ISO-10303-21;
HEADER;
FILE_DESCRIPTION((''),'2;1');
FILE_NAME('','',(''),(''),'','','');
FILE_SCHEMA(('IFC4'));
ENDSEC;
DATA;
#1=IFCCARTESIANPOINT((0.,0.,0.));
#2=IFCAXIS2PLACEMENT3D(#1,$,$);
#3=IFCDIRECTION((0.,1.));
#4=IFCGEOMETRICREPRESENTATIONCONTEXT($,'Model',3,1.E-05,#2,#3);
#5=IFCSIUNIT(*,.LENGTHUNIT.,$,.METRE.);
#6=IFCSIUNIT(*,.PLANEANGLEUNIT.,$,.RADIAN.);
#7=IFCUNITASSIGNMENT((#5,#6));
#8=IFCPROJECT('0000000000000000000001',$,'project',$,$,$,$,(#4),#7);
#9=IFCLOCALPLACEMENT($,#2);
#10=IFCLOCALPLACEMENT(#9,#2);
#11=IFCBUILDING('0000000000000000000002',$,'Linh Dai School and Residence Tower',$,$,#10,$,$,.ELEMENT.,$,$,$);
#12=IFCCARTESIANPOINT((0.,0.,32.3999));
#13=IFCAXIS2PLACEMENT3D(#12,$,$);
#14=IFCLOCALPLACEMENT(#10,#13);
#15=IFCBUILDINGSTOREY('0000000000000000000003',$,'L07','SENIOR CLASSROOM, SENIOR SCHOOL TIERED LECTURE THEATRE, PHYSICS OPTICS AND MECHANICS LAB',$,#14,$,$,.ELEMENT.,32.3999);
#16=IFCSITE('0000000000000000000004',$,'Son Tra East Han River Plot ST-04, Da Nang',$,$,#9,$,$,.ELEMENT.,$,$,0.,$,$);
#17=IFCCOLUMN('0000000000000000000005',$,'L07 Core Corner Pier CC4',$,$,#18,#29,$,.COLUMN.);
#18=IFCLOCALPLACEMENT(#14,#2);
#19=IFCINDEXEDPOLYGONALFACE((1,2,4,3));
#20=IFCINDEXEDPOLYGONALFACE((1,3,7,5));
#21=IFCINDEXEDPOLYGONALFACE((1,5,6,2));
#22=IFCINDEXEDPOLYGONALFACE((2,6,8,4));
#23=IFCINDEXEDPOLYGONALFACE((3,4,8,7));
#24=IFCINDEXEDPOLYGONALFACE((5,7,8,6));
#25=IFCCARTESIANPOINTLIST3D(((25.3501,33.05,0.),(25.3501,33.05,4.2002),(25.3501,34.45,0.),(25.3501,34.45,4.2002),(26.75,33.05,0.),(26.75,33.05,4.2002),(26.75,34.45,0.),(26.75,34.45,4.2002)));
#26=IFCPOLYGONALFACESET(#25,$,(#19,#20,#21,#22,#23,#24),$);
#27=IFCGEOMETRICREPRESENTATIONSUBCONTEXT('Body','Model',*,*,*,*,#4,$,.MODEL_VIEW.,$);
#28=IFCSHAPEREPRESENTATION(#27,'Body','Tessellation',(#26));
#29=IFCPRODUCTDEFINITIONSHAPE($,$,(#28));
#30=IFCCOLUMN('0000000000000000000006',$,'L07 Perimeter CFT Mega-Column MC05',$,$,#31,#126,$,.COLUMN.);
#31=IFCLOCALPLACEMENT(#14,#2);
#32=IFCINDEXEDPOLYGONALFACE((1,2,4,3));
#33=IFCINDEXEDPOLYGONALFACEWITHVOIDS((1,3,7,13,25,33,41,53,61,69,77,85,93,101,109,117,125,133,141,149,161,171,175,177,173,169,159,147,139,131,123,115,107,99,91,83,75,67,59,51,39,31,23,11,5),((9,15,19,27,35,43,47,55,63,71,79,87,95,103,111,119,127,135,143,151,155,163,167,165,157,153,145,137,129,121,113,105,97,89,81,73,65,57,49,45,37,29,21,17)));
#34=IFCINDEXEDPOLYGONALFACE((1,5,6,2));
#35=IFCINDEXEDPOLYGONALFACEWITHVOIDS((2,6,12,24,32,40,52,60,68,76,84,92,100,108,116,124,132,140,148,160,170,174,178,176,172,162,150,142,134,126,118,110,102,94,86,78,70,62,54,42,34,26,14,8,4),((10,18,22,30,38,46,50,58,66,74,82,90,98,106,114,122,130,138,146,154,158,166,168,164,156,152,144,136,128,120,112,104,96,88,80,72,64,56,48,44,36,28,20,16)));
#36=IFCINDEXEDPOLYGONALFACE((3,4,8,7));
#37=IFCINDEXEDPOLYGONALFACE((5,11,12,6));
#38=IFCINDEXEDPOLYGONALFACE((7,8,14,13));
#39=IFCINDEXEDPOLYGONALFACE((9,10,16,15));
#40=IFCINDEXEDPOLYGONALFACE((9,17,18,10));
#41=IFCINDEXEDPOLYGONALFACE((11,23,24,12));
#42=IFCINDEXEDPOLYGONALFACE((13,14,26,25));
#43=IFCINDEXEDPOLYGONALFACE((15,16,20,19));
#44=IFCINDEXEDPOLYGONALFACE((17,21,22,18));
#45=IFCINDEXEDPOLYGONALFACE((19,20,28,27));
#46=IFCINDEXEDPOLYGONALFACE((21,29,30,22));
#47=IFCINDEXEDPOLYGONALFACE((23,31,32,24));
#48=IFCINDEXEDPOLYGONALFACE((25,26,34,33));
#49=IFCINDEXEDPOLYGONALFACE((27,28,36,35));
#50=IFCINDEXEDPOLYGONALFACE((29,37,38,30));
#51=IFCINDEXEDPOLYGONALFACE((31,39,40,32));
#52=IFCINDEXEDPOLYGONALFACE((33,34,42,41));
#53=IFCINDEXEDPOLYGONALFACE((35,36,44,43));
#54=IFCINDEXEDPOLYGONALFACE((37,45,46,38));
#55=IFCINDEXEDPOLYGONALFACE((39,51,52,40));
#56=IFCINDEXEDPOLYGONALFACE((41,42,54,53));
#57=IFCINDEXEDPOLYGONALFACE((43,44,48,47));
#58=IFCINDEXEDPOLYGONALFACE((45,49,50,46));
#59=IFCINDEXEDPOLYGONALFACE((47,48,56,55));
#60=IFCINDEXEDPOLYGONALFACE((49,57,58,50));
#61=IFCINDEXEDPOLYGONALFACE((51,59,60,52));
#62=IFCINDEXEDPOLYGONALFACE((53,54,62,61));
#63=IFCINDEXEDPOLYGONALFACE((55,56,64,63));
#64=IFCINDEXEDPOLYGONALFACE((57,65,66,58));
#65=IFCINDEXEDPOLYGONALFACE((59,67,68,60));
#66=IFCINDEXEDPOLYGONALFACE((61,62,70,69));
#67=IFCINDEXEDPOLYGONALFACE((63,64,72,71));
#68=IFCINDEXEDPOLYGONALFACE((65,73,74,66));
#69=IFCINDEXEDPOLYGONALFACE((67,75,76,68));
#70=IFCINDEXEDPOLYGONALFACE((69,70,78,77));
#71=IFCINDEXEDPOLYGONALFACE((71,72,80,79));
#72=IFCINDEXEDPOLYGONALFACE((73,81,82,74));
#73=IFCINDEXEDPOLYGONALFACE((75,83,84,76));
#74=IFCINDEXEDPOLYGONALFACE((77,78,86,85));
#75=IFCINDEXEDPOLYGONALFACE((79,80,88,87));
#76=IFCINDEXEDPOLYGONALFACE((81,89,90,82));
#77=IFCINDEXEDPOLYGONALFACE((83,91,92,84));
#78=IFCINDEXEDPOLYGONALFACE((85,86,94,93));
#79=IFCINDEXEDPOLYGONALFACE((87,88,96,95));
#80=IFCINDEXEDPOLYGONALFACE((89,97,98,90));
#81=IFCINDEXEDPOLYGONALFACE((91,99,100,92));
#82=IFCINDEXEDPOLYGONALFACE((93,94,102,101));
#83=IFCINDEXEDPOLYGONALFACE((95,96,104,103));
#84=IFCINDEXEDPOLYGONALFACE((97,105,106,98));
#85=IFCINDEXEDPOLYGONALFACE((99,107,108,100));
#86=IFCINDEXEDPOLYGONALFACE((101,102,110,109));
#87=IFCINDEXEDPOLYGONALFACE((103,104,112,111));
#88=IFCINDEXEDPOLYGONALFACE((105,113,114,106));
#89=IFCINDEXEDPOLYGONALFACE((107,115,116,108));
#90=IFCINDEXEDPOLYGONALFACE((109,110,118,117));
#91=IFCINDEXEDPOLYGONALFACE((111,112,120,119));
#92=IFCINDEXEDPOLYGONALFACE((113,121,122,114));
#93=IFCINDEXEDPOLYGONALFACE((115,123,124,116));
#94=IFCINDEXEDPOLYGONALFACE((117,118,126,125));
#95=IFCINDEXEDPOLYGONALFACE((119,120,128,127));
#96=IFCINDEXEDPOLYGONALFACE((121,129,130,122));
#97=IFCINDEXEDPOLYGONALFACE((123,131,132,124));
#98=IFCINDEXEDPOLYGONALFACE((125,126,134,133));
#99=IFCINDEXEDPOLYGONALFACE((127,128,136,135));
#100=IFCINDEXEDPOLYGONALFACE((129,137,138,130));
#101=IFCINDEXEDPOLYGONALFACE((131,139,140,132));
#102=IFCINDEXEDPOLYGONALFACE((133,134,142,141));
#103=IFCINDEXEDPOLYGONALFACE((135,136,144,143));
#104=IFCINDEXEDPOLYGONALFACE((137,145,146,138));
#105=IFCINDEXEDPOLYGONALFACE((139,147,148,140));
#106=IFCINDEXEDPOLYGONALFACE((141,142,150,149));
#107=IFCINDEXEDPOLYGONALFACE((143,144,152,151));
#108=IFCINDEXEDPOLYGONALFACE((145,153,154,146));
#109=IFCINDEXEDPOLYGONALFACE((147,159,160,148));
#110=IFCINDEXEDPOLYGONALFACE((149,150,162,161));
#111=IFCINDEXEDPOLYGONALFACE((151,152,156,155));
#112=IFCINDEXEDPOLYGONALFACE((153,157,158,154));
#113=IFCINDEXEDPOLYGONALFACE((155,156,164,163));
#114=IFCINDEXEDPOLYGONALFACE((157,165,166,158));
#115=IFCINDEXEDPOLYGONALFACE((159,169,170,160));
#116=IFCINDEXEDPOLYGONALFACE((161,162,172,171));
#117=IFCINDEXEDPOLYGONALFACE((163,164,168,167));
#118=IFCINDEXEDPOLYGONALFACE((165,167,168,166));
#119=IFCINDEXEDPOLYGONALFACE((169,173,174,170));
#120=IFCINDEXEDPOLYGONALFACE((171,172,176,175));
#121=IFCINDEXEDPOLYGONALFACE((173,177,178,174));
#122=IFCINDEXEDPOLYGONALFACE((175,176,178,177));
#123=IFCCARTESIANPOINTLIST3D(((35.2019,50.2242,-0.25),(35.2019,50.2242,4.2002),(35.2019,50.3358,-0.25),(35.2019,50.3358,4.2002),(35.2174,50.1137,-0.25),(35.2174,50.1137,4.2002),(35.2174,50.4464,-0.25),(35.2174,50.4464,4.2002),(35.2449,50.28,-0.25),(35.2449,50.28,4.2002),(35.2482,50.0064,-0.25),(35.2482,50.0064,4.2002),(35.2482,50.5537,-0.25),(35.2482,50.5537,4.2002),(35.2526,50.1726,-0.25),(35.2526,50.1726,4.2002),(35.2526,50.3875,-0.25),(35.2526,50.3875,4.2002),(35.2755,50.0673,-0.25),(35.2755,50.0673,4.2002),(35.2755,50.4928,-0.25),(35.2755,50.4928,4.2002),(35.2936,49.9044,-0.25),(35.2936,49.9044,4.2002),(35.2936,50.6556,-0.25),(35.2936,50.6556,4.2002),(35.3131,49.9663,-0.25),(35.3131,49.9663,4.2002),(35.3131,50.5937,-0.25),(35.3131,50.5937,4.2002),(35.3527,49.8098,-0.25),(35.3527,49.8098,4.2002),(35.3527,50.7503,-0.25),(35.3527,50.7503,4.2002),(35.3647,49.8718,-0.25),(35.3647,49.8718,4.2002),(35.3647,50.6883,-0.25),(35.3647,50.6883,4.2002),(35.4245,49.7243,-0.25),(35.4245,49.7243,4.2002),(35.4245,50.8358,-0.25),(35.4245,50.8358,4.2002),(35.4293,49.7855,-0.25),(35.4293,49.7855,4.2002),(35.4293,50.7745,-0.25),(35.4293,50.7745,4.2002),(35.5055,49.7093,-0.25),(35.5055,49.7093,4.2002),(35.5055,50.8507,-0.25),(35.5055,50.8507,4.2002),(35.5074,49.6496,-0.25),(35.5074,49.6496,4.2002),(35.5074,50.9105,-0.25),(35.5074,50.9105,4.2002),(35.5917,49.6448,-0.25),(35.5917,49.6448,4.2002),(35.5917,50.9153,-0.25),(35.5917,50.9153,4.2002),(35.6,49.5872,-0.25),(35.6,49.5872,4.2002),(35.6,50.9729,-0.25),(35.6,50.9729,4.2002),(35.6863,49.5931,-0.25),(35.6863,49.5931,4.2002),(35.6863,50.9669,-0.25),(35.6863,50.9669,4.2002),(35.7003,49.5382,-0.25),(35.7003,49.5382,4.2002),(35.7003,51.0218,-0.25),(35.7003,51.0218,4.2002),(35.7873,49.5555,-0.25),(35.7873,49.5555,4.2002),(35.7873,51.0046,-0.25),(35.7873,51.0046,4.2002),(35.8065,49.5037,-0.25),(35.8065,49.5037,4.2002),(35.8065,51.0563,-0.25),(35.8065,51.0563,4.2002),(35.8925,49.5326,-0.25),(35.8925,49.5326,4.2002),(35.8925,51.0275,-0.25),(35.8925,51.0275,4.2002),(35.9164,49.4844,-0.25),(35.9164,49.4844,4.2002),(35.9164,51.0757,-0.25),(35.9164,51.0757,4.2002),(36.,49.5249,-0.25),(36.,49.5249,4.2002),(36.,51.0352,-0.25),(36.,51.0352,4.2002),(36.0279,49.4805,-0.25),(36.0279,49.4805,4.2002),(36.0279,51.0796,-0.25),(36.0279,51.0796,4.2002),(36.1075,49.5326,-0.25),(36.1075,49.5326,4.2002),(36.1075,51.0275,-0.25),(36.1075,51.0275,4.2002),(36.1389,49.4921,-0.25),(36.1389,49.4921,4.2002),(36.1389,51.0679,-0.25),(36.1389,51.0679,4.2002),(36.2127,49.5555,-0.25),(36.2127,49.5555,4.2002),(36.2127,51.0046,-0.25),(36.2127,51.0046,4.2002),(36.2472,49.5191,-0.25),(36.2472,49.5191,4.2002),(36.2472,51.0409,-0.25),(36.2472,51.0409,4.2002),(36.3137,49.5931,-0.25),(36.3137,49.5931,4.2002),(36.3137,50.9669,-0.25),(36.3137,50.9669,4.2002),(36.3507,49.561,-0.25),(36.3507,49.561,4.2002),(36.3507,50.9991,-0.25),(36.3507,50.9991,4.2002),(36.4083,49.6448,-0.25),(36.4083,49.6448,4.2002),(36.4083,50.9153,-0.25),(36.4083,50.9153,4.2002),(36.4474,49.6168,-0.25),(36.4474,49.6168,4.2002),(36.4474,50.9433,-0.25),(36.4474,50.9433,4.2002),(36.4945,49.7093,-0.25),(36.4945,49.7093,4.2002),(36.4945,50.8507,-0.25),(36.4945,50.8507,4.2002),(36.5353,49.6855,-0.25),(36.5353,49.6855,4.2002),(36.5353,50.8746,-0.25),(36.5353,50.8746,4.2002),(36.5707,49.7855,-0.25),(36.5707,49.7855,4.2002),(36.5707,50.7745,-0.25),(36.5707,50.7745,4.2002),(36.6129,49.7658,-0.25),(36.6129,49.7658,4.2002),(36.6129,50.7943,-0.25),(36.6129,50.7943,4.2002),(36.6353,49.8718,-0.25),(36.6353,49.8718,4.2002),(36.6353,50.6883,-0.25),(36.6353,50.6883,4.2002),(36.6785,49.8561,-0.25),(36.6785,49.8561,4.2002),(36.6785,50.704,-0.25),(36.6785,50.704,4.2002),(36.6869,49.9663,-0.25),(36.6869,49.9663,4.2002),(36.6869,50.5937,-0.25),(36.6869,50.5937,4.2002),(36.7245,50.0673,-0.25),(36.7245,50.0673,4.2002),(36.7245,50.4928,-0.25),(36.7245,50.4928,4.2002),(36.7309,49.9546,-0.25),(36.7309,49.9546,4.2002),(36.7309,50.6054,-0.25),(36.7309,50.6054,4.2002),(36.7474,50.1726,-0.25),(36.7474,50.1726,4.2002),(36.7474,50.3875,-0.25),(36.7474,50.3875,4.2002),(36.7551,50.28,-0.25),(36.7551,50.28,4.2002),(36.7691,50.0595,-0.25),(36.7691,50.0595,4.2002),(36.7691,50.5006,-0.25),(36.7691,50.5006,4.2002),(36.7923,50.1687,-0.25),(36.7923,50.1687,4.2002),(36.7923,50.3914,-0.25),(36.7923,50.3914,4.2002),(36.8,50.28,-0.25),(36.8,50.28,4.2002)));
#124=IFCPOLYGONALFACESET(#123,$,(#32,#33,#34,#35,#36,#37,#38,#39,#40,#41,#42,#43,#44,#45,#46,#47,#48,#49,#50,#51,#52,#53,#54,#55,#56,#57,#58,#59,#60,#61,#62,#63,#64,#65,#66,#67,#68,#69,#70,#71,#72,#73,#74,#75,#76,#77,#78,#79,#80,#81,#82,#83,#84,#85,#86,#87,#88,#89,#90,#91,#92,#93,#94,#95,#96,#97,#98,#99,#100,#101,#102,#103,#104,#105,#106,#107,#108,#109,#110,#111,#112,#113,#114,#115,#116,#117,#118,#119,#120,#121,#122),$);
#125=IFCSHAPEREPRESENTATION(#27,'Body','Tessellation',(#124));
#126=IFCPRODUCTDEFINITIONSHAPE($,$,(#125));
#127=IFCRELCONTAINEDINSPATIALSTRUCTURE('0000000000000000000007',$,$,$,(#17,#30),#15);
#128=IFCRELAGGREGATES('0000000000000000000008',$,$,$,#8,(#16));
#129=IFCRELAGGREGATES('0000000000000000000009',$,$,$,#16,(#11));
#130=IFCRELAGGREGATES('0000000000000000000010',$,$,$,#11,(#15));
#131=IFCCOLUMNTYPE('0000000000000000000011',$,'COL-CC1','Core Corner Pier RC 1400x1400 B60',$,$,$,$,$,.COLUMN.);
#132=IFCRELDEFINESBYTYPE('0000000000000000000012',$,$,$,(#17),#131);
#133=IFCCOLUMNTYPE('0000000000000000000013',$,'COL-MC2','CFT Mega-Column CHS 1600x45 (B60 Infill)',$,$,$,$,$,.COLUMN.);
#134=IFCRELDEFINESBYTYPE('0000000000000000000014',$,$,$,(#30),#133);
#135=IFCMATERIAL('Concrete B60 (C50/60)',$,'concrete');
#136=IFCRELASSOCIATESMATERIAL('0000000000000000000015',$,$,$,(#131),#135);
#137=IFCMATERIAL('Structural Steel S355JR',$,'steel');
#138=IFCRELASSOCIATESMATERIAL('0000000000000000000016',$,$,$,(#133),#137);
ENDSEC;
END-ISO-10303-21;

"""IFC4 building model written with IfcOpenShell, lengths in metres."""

from ifc_helpers import new_model, si_unit, direction, frame, origin, origin_2d, place, context, subcontext, project, spatial, rectangle, hollow_circle, extrude, material, material_profile, profile_set, type_object, element, save


model = new_model("IFC4")

# Units and contexts
model_context = context("Model", 3, precision=1e-05, world=origin(), true_north=direction((0.0, 1.0)))
body_context = subcontext(model_context, "Body", "Model", "MODEL_VIEW")
ifc_project = project(units=[si_unit("LENGTHUNIT", "METRE"), si_unit("PLANEANGLEUNIT", "RADIAN")], contexts=[model_context])

# Site, building, storey
site_placement = place(None, origin())
site = spatial("IfcSite", under=ifc_project, at=site_placement, Name="Son Tra East Han River Plot ST-04, Da Nang", CompositionType="ELEMENT", RefElevation=0.0)
building_placement = place(site_placement, origin())
building = spatial("IfcBuilding", under=site, at=building_placement, Name="Linh Dai School and Residence Tower", CompositionType="ELEMENT")
storey_placement = place(building_placement, frame((0.0, 0.0, 32.3999)))
storey = spatial("IfcBuildingStorey", under=building, at=storey_placement, Name="L07", Description="SENIOR CLASSROOM, SENIOR SCHOOL TIERED LECTURE THEATRE, PHYSICS OPTICS AND MECHANICS LAB", CompositionType="ELEMENT", Elevation=32.3999)

# Columns
ifc_material_1 = material(Name="Concrete B60 (C50/60)", Category="concrete")
ifc_material_profile_1 = material_profile(ifc_material_1, rectangle(XDim=1.3999, YDim=1.3999, at=origin_2d()), Name="RC 1400x1400")
ifc_profile_set_1 = profile_set([ifc_material_profile_1], Name="Concrete B60 (C50/60)")
column_type_1 = type_object("IfcColumnType", Name="COL-CC1", Description="Core Corner Pier RC 1400x1400 B60", PredefinedType="COLUMN", material=ifc_profile_set_1)
column_placement = place(storey_placement, frame((26.05, 33.75, 0.0), z_axis=(0.0, 0.0, 1.0), x_axis=(1.0, 0.0, 0.0)))
element("IfcColumn", 1, at=column_placement, inside=storey, type_object=column_type_1, Name="L07 Core Corner Pier CC4", PredefinedType="COLUMN", context=body_context, shape_type="SweptSolid", body=[
    extrude(rectangle(XDim=1.3999, YDim=1.3999, at=origin_2d()), origin(), (0.0, 0.0, 1.0), 4.2002),
])
ifc_material_2 = material(Name="Structural Steel S355JR", Category="steel")
ifc_material_profile_2 = material_profile(ifc_material_2, hollow_circle(Radius=0.8, WallThickness=0.0449, at=origin_2d()), Name="CHS 1600x45")
ifc_profile_set_2 = profile_set([ifc_material_profile_2], Name="Structural Steel S355JR")
column_type_2 = type_object("IfcColumnType", Name="COL-MC2", Description="CFT Mega-Column CHS 1600x45 (B60 Infill)", PredefinedType="COLUMN", material=ifc_profile_set_2)
for number, where, z_axis, x_axis, name in (
    (2, (36.0, 50.28, -0.25), (0.0, 0.0, 1.0), (1.0, 0.0, 0.0), "L07 Perimeter CFT Mega-Column MC05"),
):
    element("IfcColumn", number, at=place(storey_placement, frame(where, z_axis=z_axis, x_axis=x_axis)), inside=storey, type_object=column_type_2, Name=name, PredefinedType="COLUMN", context=body_context, shape_type="SweptSolid", body=[
        extrude(hollow_circle(Radius=0.8, WallThickness=0.0449, at=origin_2d()), origin(), (0.0, 0.0, 1.0), 4.4502),
    ])

save(model, "model.ifc")
